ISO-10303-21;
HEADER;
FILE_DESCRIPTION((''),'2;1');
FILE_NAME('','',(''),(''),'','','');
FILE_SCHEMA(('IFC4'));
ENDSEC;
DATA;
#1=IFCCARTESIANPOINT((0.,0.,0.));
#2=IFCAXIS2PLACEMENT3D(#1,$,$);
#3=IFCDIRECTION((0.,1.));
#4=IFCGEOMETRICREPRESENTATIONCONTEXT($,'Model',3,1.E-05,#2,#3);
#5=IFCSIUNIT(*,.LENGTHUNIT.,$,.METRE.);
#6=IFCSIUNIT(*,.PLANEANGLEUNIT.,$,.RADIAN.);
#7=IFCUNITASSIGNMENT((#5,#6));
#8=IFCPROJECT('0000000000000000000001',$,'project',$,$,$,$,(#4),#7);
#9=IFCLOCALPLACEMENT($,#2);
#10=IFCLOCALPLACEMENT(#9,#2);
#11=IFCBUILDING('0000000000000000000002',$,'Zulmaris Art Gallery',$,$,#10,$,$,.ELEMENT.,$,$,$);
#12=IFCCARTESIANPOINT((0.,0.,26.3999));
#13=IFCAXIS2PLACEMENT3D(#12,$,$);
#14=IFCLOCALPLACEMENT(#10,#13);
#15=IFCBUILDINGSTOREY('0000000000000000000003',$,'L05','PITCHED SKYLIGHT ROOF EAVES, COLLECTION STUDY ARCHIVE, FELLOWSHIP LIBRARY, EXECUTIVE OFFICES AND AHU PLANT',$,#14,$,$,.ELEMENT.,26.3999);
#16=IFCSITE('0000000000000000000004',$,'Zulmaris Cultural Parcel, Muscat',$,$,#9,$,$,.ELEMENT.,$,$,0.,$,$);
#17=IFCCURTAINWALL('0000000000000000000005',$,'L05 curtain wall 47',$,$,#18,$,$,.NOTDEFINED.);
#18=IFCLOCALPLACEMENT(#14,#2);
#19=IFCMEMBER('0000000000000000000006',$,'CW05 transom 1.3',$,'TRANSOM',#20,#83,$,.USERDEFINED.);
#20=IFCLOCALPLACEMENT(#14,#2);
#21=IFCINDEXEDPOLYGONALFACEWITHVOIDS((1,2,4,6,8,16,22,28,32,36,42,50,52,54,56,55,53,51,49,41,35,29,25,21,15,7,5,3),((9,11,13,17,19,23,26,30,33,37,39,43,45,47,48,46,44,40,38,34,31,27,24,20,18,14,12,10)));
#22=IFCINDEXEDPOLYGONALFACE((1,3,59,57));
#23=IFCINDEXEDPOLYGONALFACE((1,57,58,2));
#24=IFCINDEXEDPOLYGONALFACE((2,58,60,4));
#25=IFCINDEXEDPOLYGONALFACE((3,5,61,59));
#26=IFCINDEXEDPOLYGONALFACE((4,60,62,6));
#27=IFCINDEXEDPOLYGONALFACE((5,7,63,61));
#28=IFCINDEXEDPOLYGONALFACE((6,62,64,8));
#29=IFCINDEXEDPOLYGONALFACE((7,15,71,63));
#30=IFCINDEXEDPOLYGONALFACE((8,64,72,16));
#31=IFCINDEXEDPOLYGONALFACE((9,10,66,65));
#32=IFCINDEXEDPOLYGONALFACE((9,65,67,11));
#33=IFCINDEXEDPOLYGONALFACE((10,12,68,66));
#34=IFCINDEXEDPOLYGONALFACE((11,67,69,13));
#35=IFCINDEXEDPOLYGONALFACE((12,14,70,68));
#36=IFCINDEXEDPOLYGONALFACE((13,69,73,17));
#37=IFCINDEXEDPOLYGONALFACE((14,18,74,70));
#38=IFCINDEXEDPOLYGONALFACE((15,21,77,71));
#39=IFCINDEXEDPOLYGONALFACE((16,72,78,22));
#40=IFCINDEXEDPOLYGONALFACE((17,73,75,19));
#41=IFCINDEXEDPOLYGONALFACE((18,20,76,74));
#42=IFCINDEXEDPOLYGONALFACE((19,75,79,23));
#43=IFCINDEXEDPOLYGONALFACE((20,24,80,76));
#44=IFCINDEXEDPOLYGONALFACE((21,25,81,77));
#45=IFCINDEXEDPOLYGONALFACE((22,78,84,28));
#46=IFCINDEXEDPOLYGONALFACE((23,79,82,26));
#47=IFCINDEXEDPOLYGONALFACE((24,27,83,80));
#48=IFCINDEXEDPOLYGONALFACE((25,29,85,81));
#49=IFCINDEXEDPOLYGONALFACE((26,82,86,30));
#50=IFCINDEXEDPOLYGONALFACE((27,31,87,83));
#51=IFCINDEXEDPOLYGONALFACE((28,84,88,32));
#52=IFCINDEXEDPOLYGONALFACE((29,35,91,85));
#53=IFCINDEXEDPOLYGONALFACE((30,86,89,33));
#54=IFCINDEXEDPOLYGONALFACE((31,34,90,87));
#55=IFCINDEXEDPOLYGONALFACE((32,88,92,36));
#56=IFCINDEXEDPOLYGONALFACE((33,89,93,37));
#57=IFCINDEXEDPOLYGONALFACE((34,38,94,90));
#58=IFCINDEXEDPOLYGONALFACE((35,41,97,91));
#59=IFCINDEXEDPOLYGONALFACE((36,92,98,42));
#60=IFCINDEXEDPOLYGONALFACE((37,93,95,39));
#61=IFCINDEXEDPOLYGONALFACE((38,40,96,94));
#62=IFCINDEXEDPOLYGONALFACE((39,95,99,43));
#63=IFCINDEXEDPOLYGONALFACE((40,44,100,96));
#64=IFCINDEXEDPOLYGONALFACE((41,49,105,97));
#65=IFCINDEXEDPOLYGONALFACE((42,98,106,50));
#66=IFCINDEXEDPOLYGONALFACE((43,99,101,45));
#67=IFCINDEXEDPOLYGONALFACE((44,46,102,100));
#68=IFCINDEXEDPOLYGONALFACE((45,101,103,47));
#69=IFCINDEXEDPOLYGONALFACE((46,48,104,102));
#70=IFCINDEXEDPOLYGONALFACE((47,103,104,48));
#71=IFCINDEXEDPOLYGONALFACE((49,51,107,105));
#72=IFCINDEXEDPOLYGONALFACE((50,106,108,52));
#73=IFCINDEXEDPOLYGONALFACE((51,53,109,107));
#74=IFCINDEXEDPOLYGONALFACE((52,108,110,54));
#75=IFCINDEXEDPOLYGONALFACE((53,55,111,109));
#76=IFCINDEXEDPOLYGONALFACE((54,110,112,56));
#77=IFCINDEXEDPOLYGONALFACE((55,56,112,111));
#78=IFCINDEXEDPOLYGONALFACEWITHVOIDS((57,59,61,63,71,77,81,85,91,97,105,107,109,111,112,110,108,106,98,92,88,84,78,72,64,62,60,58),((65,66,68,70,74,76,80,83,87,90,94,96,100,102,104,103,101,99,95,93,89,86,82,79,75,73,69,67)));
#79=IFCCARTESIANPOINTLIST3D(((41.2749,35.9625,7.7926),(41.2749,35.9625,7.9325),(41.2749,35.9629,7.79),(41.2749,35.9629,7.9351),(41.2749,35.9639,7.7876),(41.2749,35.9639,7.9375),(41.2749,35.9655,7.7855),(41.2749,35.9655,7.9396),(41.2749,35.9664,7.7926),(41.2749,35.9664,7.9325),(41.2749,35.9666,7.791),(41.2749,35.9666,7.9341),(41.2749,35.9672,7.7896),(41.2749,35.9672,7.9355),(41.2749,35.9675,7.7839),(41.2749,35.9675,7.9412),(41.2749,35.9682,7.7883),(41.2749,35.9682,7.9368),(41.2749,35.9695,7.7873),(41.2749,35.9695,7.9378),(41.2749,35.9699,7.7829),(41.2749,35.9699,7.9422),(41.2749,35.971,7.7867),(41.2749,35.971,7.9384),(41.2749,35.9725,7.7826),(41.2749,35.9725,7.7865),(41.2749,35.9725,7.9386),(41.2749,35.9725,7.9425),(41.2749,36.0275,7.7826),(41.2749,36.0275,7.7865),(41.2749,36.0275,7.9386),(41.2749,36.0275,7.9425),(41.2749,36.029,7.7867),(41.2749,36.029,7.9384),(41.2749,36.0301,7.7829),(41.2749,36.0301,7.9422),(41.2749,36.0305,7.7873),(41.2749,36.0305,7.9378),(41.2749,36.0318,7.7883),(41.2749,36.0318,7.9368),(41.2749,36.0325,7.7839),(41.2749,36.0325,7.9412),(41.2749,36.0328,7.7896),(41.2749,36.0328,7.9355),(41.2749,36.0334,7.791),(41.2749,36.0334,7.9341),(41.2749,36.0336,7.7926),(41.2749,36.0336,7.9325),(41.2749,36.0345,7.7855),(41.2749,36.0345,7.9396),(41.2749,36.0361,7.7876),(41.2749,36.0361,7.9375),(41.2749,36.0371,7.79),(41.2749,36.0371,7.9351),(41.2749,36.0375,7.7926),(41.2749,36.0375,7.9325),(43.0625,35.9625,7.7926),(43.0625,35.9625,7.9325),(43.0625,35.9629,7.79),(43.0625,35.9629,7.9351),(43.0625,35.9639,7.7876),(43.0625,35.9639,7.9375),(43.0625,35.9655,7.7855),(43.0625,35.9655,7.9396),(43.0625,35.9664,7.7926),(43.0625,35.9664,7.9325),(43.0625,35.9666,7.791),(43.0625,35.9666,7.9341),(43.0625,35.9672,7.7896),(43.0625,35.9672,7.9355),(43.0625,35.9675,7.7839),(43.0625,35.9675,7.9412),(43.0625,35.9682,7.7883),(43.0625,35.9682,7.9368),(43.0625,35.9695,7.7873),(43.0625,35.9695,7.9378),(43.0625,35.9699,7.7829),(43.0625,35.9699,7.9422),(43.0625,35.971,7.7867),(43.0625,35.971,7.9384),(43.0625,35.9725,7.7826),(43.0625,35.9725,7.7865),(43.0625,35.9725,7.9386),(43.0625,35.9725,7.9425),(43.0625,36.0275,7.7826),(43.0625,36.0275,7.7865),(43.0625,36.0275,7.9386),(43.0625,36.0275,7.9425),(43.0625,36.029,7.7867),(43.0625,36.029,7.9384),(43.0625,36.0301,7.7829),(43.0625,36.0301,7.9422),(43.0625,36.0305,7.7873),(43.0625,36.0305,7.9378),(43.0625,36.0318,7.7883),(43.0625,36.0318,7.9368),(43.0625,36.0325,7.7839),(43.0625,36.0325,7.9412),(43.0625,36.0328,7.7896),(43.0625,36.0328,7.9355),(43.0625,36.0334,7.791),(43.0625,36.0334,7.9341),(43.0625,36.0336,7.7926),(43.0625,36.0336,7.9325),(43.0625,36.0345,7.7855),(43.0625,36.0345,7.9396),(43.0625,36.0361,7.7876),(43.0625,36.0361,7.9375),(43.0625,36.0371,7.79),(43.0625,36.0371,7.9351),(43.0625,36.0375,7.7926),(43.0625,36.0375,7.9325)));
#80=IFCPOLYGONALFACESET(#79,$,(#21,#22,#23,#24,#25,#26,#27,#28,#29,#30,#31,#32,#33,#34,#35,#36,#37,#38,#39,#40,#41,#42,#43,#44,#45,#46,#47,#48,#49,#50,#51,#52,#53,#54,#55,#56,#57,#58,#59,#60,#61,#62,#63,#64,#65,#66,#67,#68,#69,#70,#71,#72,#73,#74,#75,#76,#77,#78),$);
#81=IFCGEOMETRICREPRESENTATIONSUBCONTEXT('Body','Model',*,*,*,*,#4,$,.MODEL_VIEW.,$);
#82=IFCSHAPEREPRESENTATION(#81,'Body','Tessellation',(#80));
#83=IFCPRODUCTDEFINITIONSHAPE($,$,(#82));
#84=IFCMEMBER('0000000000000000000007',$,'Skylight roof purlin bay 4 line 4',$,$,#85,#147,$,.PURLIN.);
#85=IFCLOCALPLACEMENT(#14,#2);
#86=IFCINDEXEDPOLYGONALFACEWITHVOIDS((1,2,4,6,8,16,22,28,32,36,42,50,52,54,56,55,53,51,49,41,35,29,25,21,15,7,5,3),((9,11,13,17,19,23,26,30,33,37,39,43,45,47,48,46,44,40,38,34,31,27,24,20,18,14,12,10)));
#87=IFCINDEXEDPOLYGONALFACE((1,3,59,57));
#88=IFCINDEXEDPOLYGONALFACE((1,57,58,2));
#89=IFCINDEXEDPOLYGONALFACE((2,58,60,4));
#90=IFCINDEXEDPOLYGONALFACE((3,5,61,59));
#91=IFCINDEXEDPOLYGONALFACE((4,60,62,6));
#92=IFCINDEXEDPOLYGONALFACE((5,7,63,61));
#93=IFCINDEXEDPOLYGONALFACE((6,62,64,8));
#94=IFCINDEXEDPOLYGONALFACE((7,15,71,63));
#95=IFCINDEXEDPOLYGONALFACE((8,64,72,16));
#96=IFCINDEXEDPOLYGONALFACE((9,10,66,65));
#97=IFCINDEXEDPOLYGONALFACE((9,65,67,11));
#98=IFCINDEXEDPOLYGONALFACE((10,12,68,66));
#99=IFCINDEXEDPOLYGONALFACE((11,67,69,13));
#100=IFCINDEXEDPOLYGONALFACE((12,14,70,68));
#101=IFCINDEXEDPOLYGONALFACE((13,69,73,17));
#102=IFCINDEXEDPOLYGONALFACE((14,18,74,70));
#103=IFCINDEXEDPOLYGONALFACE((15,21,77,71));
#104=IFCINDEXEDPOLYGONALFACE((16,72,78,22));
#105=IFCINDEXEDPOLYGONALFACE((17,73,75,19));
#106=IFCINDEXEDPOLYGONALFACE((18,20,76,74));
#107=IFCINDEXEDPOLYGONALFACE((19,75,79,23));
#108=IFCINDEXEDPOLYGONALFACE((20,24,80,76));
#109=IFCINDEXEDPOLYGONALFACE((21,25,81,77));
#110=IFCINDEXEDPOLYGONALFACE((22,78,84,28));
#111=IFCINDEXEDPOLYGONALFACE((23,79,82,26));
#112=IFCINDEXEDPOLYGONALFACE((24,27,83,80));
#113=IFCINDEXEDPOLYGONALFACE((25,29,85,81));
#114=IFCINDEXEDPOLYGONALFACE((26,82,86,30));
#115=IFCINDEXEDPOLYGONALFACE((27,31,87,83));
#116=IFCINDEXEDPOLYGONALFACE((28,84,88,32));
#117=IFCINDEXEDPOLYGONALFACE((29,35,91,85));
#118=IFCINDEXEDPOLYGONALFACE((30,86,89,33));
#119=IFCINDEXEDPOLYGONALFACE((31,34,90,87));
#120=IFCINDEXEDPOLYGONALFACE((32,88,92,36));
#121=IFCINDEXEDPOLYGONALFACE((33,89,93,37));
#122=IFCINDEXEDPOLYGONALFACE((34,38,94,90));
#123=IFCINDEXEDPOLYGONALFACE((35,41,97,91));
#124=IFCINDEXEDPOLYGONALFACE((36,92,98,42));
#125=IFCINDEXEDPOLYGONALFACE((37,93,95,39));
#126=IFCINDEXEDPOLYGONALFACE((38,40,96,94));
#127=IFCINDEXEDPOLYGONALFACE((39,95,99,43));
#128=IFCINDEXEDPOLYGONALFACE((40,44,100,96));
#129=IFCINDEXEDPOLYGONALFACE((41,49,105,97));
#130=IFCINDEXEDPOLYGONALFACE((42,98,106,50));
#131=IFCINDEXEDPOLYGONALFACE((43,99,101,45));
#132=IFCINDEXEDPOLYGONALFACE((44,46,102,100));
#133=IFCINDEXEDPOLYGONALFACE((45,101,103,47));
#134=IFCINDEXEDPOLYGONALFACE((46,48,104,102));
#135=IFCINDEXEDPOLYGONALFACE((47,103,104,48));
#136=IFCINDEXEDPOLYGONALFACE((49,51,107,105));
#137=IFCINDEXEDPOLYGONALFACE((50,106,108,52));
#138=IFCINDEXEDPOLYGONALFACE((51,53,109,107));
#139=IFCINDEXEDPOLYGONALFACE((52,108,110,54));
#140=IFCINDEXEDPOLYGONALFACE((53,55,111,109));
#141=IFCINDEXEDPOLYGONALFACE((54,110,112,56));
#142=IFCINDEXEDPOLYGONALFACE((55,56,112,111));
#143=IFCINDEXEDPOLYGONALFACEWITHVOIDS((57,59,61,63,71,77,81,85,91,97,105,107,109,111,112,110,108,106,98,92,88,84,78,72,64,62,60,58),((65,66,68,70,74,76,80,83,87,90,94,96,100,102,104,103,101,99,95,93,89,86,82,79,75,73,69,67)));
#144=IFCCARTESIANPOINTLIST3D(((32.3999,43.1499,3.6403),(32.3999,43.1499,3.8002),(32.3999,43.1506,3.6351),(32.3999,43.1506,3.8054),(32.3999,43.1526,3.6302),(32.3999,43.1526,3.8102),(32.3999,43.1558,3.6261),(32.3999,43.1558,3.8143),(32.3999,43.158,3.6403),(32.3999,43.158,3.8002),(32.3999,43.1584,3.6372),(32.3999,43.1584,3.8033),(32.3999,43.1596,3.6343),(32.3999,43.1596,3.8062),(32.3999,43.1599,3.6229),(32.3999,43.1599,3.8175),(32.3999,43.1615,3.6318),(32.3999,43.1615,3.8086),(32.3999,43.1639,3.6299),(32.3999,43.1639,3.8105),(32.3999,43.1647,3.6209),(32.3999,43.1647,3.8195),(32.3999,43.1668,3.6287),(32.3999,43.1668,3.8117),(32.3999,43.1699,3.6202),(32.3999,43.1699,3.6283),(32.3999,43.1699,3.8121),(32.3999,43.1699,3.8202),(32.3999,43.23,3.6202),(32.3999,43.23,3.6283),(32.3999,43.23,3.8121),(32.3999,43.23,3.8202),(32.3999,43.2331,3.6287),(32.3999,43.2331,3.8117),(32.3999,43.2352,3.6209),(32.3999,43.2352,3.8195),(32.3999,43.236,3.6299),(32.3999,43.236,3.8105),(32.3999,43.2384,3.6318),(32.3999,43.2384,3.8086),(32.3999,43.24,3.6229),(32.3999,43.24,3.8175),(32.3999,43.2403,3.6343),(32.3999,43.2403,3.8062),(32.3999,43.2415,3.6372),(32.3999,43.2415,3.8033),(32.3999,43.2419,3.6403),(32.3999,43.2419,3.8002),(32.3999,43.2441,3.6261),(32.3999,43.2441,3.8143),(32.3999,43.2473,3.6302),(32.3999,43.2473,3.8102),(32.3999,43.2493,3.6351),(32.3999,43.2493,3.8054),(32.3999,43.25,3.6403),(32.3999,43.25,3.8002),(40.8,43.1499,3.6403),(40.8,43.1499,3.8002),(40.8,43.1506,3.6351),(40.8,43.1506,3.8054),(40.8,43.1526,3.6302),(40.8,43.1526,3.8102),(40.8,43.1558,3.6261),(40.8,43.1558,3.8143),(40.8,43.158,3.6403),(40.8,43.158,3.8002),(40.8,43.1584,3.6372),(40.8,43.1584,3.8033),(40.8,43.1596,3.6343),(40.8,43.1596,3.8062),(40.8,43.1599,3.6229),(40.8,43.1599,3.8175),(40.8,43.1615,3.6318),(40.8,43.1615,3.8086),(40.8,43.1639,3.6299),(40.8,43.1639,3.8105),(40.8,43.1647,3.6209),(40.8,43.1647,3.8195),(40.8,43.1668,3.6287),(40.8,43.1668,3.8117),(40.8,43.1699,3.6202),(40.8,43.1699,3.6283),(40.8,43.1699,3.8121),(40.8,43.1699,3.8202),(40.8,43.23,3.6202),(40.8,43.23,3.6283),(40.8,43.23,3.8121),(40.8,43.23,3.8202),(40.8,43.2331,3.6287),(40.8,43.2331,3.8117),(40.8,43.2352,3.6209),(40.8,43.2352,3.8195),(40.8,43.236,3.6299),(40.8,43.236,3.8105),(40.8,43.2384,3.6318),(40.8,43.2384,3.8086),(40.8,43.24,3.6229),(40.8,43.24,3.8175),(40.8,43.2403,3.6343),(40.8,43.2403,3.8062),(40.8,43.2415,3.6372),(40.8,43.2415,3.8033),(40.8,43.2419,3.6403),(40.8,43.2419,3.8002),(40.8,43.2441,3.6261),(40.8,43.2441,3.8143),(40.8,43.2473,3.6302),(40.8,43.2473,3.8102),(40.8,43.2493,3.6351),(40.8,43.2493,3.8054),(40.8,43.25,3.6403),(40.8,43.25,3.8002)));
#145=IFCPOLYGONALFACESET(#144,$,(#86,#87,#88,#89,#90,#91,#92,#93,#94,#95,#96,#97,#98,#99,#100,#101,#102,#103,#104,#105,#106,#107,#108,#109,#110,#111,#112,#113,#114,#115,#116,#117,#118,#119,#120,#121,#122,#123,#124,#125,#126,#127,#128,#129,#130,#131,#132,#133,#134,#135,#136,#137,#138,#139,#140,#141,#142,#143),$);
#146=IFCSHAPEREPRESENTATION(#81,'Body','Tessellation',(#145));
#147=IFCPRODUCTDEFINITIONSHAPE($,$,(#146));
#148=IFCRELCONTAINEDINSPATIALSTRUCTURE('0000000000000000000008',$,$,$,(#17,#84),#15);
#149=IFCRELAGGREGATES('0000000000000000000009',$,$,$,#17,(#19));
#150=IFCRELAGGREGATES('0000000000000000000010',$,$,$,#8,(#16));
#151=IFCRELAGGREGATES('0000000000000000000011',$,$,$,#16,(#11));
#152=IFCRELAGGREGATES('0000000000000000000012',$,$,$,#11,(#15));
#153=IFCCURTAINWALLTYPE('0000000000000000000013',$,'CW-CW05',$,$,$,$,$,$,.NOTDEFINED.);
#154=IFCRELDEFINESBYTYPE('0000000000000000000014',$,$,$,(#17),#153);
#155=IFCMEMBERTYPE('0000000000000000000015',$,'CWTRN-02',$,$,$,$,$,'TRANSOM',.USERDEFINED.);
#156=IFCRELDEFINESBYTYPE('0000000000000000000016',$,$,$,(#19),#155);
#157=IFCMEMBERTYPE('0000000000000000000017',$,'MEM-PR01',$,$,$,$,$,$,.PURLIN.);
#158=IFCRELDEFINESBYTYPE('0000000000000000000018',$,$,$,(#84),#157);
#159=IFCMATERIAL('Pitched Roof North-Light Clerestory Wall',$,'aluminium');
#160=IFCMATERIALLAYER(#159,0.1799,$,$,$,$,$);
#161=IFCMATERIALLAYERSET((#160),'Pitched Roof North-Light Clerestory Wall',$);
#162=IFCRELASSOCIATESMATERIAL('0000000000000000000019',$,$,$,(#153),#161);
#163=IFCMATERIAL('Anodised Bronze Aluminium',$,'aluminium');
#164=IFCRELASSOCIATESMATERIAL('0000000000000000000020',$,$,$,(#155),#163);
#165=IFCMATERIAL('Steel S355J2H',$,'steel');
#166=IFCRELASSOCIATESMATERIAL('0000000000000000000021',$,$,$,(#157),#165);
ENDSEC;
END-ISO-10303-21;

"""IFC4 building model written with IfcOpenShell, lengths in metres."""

from ifc_helpers import new_model, si_unit, direction, frame, origin, origin_2d, place, context, subcontext, project, spatial, hollow_rectangle, extrude, material, layer, layer_set, material_profile, profile_set, type_object, element, aggregate, save


model = new_model("IFC4")

# Units and contexts
model_context = context("Model", 3, precision=1e-05, world=origin(), true_north=direction((0.0, 1.0)))
body_context = subcontext(model_context, "Body", "Model", "MODEL_VIEW")
ifc_project = project(units=[si_unit("LENGTHUNIT", "METRE"), si_unit("PLANEANGLEUNIT", "RADIAN")], contexts=[model_context])

# Site, building, storey
site_placement = place(None, origin())
site = spatial("IfcSite", under=ifc_project, at=site_placement, Name="Zulmaris Cultural Parcel, Muscat", CompositionType="ELEMENT", RefElevation=0.0)
building_placement = place(site_placement, origin())
building = spatial("IfcBuilding", under=site, at=building_placement, Name="Zulmaris Art Gallery", CompositionType="ELEMENT")
storey_placement = place(building_placement, frame((0.0, 0.0, 26.3999)))
storey = spatial("IfcBuildingStorey", under=building, at=storey_placement, Name="L05", Description="PITCHED SKYLIGHT ROOF EAVES, COLLECTION STUDY ARCHIVE, FELLOWSHIP LIBRARY, EXECUTIVE OFFICES AND AHU PLANT", CompositionType="ELEMENT", Elevation=26.3999)

# Shared definitions
ifc_material_1 = material(Name="Pitched Roof North-Light Clerestory Wall", Category="aluminium")
ifc_layer_1 = layer(ifc_material_1, 0.1799)
ifc_layer_set_1 = layer_set([ifc_layer_1], Name="Pitched Roof North-Light Clerestory Wall")
curtain_wall_type = type_object("IfcCurtainWallType", Name="CW-CW05", PredefinedType="NOTDEFINED", material=ifc_layer_set_1)
ifc_material_2 = material(Name="Anodised Bronze Aluminium", Category="aluminium")

# Curtain wall, member
curtain_wall_1_placement = place(storey_placement, origin())
curtain_wall_1 = element("IfcCurtainWall", 1, at=curtain_wall_1_placement, inside=storey, type_object=curtain_wall_type, Name="L05 curtain wall 47", PredefinedType="NOTDEFINED")
ifc_material_profile_1 = material_profile(ifc_material_2, hollow_rectangle(XDim=0.075, YDim=0.1599, WallThickness=0.0039, InnerFilletRadius=0.0061, OuterFilletRadius=0.01, at=origin_2d()), Name="ALU 75x160x4")
ifc_profile_set_1 = profile_set([ifc_material_profile_1], Name="Anodised Bronze Aluminium")
member_type_1 = type_object("IfcMemberType", Name="CWTRN-02", ElementType="TRANSOM", PredefinedType="USERDEFINED", material=ifc_profile_set_1)
member_1_placement = place(storey_placement, frame((41.2749, 36.0, 7.8625), z_axis=(1.0, 0.0, 0.0), x_axis=(0.0, 1.0, 0.0)))
member_1 = element("IfcMember", 2, at=member_1_placement, type_object=member_type_1, Name="CW05 transom 1.3", ObjectType="TRANSOM", PredefinedType="USERDEFINED", context=body_context, shape_type="SweptSolid", body=[
    extrude(hollow_rectangle(XDim=0.075, YDim=0.1599, WallThickness=0.0039, InnerFilletRadius=0.0061, OuterFilletRadius=0.01, at=origin_2d()), origin(), (0.0, 0.0, 1.0), 1.7876),
])

# Member
ifc_material_3 = material(Name="Steel S355J2H", Category="steel")
ifc_material_profile_2 = material_profile(ifc_material_3, hollow_rectangle(XDim=0.1001, YDim=0.2, WallThickness=0.0081, InnerFilletRadius=0.012, OuterFilletRadius=0.02, at=origin_2d()), Name="RHS 200x100x8")
ifc_profile_set_2 = profile_set([ifc_material_profile_2], Name="Steel S355J2H")
member_type_2 = type_object("IfcMemberType", Name="MEM-PR01", PredefinedType="PURLIN", material=ifc_profile_set_2)
member_2_placement = place(storey_placement, frame((32.3999, 43.2, 3.7202), z_axis=(1.0, 0.0, 0.0), x_axis=(0.0, 1.0, 0.0)))
element("IfcMember", 3, at=member_2_placement, inside=storey, type_object=member_type_2, Name="Skylight roof purlin bay 4 line 4", PredefinedType="PURLIN", context=body_context, shape_type="SweptSolid", body=[
    extrude(hollow_rectangle(XDim=0.1001, YDim=0.2, WallThickness=0.0081, InnerFilletRadius=0.012, OuterFilletRadius=0.02, at=origin_2d()), origin(), (0.0, 0.0, 1.0), 8.4001),
])

aggregate(curtain_wall_1, [member_1])

save(model, "model.ifc")
